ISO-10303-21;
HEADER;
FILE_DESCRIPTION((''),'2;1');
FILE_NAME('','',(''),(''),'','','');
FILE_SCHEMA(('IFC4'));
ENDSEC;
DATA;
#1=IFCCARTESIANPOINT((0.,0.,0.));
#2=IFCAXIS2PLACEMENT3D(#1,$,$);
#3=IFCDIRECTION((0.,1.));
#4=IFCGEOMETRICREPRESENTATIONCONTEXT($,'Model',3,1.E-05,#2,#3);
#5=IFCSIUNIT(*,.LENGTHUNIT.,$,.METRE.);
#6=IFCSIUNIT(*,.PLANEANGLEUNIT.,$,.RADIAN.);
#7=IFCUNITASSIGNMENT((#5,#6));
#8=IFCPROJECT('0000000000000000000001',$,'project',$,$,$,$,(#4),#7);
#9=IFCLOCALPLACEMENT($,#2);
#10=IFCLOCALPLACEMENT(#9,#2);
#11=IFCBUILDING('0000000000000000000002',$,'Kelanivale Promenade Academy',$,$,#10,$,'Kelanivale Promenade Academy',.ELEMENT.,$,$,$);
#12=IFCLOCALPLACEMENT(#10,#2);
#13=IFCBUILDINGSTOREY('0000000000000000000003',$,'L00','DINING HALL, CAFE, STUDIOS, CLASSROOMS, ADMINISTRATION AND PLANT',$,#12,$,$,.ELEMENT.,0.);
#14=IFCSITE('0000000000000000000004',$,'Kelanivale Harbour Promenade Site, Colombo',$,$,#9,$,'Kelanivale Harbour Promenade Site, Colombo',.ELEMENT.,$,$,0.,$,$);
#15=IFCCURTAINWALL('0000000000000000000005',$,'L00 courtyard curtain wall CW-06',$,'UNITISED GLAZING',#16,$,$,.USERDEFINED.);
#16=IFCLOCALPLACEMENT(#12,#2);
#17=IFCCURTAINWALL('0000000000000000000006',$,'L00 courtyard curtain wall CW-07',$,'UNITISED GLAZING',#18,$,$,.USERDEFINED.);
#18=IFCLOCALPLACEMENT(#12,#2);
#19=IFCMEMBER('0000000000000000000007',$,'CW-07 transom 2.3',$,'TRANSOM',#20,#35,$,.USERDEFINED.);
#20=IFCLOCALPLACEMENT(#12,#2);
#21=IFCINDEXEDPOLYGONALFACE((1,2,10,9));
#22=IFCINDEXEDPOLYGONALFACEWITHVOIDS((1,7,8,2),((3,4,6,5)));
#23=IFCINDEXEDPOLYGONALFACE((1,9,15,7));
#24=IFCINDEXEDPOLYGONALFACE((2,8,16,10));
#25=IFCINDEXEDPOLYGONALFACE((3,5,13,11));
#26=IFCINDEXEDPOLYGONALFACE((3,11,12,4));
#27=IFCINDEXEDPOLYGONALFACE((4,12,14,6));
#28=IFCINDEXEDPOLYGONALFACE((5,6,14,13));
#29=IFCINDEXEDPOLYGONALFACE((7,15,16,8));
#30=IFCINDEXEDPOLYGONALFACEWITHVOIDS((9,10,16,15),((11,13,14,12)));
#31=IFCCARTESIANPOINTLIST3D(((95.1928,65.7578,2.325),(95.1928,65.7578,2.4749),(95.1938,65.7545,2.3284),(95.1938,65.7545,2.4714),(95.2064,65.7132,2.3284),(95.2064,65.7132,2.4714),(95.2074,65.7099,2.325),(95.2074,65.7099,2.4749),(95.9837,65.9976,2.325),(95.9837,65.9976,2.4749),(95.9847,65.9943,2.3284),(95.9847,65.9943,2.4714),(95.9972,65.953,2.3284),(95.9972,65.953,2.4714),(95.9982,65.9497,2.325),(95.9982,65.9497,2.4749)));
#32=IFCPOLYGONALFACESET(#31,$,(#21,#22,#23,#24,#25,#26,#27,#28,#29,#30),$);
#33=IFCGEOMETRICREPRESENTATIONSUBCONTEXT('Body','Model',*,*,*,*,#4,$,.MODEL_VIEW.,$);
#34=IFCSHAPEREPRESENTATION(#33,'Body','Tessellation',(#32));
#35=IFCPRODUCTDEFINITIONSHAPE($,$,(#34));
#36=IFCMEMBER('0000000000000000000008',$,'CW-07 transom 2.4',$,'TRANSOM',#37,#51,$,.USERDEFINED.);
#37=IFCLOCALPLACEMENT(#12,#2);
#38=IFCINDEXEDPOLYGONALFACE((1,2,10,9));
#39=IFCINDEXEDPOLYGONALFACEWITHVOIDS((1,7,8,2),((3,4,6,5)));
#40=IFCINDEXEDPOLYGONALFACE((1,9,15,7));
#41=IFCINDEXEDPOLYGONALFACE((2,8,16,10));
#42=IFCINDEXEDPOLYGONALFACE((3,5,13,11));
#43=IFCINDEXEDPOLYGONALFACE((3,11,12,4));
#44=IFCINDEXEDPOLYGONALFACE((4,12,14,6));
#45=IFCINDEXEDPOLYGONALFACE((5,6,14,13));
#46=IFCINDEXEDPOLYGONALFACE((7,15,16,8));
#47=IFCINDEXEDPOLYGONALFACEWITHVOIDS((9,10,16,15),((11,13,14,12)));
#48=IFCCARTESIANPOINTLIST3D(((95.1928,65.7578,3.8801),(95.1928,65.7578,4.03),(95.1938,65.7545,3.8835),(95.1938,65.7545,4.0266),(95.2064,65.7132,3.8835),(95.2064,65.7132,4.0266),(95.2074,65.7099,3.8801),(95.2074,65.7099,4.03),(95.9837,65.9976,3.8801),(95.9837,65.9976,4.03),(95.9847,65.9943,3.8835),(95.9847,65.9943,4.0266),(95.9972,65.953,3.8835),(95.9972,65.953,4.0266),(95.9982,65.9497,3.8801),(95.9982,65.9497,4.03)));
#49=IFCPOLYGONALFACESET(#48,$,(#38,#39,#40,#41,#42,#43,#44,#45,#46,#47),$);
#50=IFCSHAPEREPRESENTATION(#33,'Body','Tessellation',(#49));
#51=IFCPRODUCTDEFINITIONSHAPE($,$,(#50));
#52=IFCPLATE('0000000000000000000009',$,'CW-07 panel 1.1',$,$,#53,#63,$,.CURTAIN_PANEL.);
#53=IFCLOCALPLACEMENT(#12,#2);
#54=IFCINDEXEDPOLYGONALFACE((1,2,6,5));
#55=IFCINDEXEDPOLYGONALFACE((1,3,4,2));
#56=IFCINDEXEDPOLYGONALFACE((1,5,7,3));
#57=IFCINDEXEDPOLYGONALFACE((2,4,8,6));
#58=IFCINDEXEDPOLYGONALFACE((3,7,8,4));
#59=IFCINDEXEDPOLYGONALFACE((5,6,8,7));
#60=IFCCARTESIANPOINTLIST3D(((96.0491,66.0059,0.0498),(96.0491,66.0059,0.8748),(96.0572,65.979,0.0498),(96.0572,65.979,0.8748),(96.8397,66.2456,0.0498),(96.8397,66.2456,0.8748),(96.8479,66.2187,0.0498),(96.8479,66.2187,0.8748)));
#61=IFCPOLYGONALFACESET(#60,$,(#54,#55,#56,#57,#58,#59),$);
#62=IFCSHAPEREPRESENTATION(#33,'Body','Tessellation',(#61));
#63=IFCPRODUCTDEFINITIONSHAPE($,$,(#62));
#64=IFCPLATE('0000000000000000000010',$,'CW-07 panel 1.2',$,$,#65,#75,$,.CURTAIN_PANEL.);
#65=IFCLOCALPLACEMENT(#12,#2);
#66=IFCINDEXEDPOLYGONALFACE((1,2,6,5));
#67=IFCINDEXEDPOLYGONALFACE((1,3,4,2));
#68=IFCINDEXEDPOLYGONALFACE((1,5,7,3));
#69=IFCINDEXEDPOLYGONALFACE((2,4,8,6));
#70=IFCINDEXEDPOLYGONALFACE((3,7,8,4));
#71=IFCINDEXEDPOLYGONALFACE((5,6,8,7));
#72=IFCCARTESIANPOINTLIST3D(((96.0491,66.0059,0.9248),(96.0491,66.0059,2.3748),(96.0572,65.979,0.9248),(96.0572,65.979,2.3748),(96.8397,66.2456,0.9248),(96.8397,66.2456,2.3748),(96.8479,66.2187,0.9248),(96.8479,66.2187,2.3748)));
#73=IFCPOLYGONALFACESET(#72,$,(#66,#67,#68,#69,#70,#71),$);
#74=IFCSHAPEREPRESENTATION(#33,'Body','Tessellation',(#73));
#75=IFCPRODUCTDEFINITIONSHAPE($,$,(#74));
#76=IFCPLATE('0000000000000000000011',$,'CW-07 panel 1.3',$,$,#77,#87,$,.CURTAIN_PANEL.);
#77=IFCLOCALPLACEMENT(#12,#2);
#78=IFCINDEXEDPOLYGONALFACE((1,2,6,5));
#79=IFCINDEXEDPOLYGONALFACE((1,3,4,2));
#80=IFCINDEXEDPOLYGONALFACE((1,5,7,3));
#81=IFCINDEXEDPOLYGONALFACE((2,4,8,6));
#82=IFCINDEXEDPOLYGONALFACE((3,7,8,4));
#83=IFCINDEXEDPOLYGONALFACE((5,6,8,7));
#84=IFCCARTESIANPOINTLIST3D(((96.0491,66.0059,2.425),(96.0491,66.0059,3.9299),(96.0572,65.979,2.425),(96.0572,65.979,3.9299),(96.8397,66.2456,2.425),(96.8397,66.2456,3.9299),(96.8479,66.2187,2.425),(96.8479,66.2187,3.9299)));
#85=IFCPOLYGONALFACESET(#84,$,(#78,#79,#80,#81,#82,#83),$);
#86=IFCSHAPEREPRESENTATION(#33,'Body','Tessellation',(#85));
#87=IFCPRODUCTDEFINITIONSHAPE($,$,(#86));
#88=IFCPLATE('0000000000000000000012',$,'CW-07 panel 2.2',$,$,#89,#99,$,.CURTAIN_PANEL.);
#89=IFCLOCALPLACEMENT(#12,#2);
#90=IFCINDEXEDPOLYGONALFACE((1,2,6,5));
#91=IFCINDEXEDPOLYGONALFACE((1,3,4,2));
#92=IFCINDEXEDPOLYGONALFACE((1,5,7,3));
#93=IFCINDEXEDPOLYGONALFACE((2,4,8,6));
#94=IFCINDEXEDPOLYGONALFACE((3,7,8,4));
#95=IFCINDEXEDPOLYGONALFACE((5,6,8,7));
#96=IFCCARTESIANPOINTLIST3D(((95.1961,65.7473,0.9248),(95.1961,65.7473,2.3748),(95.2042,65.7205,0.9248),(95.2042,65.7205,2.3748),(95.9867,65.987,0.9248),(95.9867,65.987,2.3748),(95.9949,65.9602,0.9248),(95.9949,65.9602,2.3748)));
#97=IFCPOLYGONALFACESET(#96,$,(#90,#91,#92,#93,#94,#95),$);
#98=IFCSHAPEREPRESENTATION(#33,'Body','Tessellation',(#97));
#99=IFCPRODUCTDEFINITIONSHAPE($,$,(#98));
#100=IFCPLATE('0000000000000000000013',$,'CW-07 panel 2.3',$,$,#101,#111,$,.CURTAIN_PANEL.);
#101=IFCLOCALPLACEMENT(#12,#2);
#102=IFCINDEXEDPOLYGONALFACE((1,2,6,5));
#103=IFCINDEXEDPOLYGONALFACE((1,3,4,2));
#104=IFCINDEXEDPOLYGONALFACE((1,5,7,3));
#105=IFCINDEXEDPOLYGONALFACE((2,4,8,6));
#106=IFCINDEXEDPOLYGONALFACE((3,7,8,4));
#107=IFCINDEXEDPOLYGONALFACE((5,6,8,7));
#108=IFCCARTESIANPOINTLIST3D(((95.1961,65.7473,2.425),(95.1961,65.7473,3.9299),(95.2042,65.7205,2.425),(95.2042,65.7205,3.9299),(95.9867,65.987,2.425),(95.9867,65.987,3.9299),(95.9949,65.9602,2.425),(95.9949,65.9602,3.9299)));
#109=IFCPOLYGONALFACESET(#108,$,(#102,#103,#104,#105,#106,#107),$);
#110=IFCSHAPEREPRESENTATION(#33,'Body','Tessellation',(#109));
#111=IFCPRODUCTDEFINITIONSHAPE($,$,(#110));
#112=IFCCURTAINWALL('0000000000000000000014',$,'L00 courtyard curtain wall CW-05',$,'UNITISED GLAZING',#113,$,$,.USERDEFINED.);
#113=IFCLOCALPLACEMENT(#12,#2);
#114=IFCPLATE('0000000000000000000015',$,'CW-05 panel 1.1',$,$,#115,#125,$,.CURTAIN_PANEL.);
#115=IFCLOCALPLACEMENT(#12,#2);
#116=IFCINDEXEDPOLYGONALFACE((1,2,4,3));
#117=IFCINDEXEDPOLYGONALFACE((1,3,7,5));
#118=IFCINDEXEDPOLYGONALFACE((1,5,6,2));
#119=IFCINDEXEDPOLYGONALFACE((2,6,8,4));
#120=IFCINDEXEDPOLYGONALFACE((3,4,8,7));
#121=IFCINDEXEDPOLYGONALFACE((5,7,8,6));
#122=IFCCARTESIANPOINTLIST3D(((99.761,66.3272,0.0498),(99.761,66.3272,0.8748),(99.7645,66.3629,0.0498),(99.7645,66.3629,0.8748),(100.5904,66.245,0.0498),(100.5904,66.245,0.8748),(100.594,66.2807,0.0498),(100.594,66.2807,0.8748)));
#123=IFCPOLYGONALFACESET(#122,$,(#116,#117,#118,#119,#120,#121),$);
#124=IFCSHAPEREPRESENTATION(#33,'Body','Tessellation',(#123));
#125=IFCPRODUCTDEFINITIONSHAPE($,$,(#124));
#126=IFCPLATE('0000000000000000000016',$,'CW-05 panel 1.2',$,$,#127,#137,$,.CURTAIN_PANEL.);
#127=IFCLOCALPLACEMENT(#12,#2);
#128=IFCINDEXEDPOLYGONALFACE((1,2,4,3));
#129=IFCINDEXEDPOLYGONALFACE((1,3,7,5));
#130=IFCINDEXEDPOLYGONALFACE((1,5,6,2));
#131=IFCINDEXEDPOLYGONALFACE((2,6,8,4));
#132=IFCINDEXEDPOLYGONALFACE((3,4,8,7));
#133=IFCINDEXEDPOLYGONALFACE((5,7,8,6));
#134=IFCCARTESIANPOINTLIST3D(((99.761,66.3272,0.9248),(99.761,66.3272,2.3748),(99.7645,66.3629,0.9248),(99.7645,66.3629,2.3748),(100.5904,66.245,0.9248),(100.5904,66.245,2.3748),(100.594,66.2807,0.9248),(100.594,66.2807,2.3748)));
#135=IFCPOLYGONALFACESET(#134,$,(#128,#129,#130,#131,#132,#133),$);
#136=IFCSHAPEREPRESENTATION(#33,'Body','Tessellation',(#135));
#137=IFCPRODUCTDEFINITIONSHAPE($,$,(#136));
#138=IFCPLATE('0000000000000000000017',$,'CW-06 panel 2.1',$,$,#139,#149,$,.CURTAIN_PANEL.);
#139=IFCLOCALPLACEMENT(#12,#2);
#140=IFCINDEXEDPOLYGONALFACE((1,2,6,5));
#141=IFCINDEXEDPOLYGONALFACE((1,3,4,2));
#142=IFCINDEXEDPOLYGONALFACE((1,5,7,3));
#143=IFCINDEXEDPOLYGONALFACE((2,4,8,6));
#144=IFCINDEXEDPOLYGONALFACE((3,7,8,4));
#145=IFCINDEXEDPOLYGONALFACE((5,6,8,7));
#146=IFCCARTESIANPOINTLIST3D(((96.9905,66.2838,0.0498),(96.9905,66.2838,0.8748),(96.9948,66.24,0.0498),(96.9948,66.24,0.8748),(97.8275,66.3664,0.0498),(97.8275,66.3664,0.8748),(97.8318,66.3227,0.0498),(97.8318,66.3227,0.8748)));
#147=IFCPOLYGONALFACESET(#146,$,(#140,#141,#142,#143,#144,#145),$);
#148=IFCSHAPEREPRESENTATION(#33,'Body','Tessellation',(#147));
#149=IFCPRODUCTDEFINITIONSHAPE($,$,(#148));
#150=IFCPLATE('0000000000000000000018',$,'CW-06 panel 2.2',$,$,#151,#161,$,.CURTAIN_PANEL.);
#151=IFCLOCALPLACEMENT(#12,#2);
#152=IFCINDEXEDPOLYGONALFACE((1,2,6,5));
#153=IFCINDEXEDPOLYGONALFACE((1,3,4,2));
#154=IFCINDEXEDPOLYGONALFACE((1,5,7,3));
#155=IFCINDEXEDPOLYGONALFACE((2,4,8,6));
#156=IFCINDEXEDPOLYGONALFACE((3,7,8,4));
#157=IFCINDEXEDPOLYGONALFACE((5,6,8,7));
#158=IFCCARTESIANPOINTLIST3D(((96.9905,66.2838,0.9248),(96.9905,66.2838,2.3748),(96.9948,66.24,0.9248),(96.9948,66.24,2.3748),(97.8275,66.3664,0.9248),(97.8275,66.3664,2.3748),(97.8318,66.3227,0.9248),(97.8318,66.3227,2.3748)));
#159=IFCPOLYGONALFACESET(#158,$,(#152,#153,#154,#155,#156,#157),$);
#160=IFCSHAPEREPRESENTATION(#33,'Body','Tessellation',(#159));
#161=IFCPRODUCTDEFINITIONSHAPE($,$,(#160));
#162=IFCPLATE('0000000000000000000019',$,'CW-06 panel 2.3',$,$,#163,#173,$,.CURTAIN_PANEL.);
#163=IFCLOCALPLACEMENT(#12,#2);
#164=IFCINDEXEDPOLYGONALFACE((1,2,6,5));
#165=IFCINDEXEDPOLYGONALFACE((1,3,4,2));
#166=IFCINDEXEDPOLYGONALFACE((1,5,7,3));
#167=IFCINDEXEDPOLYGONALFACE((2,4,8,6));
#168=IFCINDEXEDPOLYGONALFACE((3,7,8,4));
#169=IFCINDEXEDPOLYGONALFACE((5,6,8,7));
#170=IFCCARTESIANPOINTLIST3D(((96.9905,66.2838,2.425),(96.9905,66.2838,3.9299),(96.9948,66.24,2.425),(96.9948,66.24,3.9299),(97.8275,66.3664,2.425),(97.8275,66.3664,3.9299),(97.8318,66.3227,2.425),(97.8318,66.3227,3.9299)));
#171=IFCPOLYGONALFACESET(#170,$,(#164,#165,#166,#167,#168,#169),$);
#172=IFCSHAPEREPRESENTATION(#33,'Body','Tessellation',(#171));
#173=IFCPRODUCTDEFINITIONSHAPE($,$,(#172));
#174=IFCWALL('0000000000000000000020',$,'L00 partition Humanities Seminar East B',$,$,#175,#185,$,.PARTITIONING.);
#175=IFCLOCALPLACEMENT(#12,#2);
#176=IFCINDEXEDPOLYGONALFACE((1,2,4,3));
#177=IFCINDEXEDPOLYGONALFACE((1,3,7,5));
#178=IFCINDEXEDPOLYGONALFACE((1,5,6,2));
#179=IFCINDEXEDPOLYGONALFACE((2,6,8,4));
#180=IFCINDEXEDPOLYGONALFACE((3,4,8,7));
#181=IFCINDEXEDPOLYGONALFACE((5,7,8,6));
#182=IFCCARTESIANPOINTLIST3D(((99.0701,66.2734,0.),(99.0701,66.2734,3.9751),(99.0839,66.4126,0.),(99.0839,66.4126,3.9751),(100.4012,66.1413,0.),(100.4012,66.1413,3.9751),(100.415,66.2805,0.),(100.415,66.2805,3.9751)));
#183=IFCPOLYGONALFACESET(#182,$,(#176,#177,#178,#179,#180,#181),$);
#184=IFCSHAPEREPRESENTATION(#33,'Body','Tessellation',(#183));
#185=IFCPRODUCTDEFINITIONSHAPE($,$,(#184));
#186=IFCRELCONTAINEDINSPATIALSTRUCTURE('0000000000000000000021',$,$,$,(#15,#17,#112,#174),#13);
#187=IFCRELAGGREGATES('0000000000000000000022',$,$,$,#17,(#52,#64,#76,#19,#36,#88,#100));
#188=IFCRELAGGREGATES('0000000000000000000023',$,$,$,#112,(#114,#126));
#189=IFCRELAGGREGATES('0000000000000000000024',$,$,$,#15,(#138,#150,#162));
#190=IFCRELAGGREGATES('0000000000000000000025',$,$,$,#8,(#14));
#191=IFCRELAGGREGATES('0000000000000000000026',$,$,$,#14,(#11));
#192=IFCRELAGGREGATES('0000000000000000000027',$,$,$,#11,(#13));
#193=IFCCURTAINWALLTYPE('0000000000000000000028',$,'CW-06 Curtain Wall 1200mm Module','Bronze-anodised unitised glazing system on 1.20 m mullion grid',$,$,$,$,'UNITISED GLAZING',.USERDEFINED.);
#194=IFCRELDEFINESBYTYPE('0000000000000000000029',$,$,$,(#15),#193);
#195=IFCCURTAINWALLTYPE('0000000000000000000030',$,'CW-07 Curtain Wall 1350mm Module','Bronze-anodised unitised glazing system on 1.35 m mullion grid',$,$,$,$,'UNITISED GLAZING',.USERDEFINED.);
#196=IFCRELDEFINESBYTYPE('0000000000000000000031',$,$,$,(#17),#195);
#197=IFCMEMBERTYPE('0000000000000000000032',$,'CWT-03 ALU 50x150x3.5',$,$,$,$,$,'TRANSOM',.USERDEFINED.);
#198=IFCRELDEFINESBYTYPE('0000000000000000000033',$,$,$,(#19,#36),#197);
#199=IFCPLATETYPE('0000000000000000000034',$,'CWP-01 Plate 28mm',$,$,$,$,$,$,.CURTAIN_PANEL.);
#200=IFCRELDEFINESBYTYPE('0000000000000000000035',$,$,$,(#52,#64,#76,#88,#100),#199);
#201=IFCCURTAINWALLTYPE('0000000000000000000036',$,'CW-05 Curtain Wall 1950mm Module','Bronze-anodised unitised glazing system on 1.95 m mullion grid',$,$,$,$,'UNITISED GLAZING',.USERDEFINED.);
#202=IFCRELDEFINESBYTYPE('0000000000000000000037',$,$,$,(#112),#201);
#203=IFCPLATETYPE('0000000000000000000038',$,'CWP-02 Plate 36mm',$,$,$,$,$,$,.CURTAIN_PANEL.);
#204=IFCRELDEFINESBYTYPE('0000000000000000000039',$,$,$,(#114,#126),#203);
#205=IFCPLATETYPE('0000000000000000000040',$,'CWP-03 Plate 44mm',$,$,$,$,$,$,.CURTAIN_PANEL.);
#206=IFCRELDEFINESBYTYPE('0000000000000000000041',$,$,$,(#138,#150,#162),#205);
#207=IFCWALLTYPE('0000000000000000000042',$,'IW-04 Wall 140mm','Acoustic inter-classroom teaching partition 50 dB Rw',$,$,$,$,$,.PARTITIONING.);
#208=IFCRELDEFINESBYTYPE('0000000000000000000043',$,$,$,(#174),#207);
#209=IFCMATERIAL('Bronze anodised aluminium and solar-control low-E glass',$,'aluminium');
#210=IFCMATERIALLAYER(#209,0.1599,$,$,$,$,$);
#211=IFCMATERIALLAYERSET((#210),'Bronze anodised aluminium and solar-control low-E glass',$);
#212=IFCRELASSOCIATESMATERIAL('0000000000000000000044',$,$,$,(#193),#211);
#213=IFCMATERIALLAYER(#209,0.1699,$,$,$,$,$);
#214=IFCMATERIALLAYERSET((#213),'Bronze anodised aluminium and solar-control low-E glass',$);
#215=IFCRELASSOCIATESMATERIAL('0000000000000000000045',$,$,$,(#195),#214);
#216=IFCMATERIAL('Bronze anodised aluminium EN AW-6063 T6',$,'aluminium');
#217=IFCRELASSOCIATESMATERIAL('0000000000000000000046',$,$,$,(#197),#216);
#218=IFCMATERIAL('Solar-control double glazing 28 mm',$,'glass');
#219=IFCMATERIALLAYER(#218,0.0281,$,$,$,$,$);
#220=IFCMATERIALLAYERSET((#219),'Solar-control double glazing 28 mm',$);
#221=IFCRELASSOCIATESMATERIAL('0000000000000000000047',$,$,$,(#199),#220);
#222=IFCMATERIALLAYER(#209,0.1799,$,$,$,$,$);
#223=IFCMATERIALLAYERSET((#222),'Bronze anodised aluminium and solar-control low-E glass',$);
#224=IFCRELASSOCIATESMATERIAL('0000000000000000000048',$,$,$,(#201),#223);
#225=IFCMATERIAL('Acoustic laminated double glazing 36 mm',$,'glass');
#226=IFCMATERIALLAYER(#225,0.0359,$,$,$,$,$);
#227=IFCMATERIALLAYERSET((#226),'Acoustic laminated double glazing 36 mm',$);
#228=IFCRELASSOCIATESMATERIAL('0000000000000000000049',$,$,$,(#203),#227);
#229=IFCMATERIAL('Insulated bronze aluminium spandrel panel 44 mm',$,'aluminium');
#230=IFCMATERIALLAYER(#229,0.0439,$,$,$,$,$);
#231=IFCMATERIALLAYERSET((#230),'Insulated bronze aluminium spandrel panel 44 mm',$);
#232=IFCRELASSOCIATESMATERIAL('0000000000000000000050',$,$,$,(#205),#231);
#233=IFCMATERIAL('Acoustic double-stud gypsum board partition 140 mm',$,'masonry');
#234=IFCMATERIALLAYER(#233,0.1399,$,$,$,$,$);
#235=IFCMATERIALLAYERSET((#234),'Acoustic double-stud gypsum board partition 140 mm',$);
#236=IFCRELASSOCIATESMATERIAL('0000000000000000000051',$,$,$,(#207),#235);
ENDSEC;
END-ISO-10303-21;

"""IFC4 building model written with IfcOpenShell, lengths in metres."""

from ifc_helpers import new_model, si_unit, direction, frame, frame_2d, origin, origin_2d, place, context, subcontext, project, spatial, rectangle, hollow_rectangle, extrude, material, layer, layer_set, material_profile, profile_set, type_object, element, aggregate, save


model = new_model("IFC4")

# Units and contexts
model_context = context("Model", 3, precision=1e-05, world=origin(), true_north=direction((0.0, 1.0)))
body_context = subcontext(model_context, "Body", "Model", "MODEL_VIEW")
ifc_project = project(units=[si_unit("LENGTHUNIT", "METRE"), si_unit("PLANEANGLEUNIT", "RADIAN")], contexts=[model_context])

# Site, building, storey
site_placement = place(None, origin())
site = spatial("IfcSite", under=ifc_project, at=site_placement, Name="Kelanivale Harbour Promenade Site, Colombo", LongName="Kelanivale Harbour Promenade Site, Colombo", CompositionType="ELEMENT", RefElevation=0.0)
building_placement = place(site_placement, origin())
building = spatial("IfcBuilding", under=site, at=building_placement, Name="Kelanivale Promenade Academy", LongName="Kelanivale Promenade Academy", CompositionType="ELEMENT")
storey_placement = place(building_placement, origin())
storey = spatial("IfcBuildingStorey", under=building, at=storey_placement, Name="L00", Description="DINING HALL, CAFE, STUDIOS, CLASSROOMS, ADMINISTRATION AND PLANT", CompositionType="ELEMENT", Elevation=0.0)

# Curtain wall
ifc_material_1 = material(Name="Bronze anodised aluminium and solar-control low-E glass", Category="aluminium")
ifc_layer_1 = layer(ifc_material_1, 0.1599)
ifc_layer_set_1 = layer_set([ifc_layer_1], Name="Bronze anodised aluminium and solar-control low-E glass")
curtain_wall_type_1 = type_object("IfcCurtainWallType", Name="CW-06 Curtain Wall 1200mm Module", Description="Bronze-anodised unitised glazing system on 1.20 m mullion grid", ElementType="UNITISED GLAZING", PredefinedType="USERDEFINED", material=ifc_layer_set_1)
curtain_wall_1_placement = place(storey_placement, origin())
curtain_wall_1 = element("IfcCurtainWall", 1, at=curtain_wall_1_placement, inside=storey, type_object=curtain_wall_type_1, Name="L00 courtyard curtain wall CW-06", ObjectType="UNITISED GLAZING", PredefinedType="USERDEFINED")
ifc_material_2 = material(Name="Bronze anodised aluminium EN AW-6063 T6", Category="aluminium")

# Curtain wall
ifc_layer_2 = layer(ifc_material_1, 0.1699)
ifc_layer_set_2 = layer_set([ifc_layer_2], Name="Bronze anodised aluminium and solar-control low-E glass")
curtain_wall_type_2 = type_object("IfcCurtainWallType", Name="CW-07 Curtain Wall 1350mm Module", Description="Bronze-anodised unitised glazing system on 1.35 m mullion grid", ElementType="UNITISED GLAZING", PredefinedType="USERDEFINED", material=ifc_layer_set_2)
curtain_wall_2_placement = place(storey_placement, origin())
curtain_wall_2 = element("IfcCurtainWall", 2, at=curtain_wall_2_placement, inside=storey, type_object=curtain_wall_type_2, Name="L00 courtyard curtain wall CW-07", ObjectType="UNITISED GLAZING", PredefinedType="USERDEFINED")

# Members
ifc_material_profile_1 = material_profile(ifc_material_2, hollow_rectangle(XDim=0.05, YDim=0.1499, WallThickness=0.0034, at=origin_2d()), Name="ALU 50x150x3.5")
ifc_profile_set_1 = profile_set([ifc_material_profile_1], Name="Bronze anodised aluminium EN AW-6063 T6")
member_type_1 = type_object("IfcMemberType", Name="CWT-03 ALU 50x150x3.5", ElementType="TRANSOM", PredefinedType="USERDEFINED", material=ifc_profile_set_1)
member_1_placement = place(storey_placement, frame((95.991, 65.9736, 2.3999), z_axis=(-0.956985, -0.290139, 0.0), x_axis=(0.290139, -0.956985, 0.0)))
member_1 = element("IfcMember", 3, at=member_1_placement, type_object=member_type_1, Name="CW-07 transom 2.3", ObjectType="TRANSOM", PredefinedType="USERDEFINED", context=body_context, shape_type="SweptSolid", body=[
    extrude(hollow_rectangle(XDim=0.05, YDim=0.1499, WallThickness=0.0034, at=origin_2d()), origin(), (0.0, 0.0, 1.0), 0.8264),
])
member_2_placement = place(storey_placement, frame((95.991, 65.9736, 3.9551), z_axis=(-0.956985, -0.290139, 0.0), x_axis=(0.290139, -0.956985, 0.0)))
member_2 = element("IfcMember", 4, at=member_2_placement, type_object=member_type_1, Name="CW-07 transom 2.4", ObjectType="TRANSOM", PredefinedType="USERDEFINED", context=body_context, shape_type="SweptSolid", body=[
    extrude(hollow_rectangle(XDim=0.05, YDim=0.1499, WallThickness=0.0034, at=origin_2d()), origin(), (0.0, 0.0, 1.0), 0.8264),
])

# Plates
ifc_material_3 = material(Name="Solar-control double glazing 28 mm", Category="glass")
ifc_layer_3 = layer(ifc_material_3, 0.0281)
ifc_layer_set_3 = layer_set([ifc_layer_3], Name="Solar-control double glazing 28 mm")
plate_type_1 = type_object("IfcPlateType", Name="CWP-01 Plate 28mm", PredefinedType="CURTAIN_PANEL", material=ifc_layer_set_3)
plate_1_placement = place(storey_placement, frame((96.4485, 66.1123, 0.0498), z_axis=(0.0, 0.0, 1.0), x_axis=(-0.956988, -0.290128, 0.0)))
plate_1 = element("IfcPlate", 5, at=plate_1_placement, type_object=plate_type_1, Name="CW-07 panel 1.1", PredefinedType="CURTAIN_PANEL", context=body_context, shape_type="SweptSolid", body=[
    extrude(rectangle(XDim=0.8262, YDim=0.0281, at=origin_2d()), origin(), (0.0, 0.0, 1.0), 0.825),
])
plate_2_placement = place(storey_placement, frame((96.4485, 66.1123, 0.9248), z_axis=(0.0, 0.0, 1.0), x_axis=(-0.956988, -0.290128, 0.0)))
plate_2 = element("IfcPlate", 6, at=plate_2_placement, type_object=plate_type_1, Name="CW-07 panel 1.2", PredefinedType="CURTAIN_PANEL", context=body_context, shape_type="SweptSolid", body=[
    extrude(rectangle(XDim=0.8262, YDim=0.0281, at=origin_2d()), origin(), (0.0, 0.0, 1.0), 1.45),
])
plate_3_placement = place(storey_placement, frame((96.4485, 66.1123, 2.425), z_axis=(0.0, 0.0, 1.0), x_axis=(-0.956988, -0.290128, 0.0)))
plate_3 = element("IfcPlate", 7, at=plate_3_placement, type_object=plate_type_1, Name="CW-07 panel 1.3", PredefinedType="CURTAIN_PANEL", context=body_context, shape_type="SweptSolid", body=[
    extrude(rectangle(XDim=0.8262, YDim=0.0281, at=origin_2d()), origin(), (0.0, 0.0, 1.0), 1.5049),
])
plate_4_placement = place(storey_placement, frame((95.5955, 65.8538, 0.9248), z_axis=(0.0, 0.0, 1.0), x_axis=(-0.956988, -0.290128, 0.0)))
plate_4 = element("IfcPlate", 8, at=plate_4_placement, type_object=plate_type_1, Name="CW-07 panel 2.2", PredefinedType="CURTAIN_PANEL", context=body_context, shape_type="SweptSolid", body=[
    extrude(rectangle(XDim=0.8262, YDim=0.0281, at=origin_2d()), origin(), (0.0, 0.0, 1.0), 1.45),
])
plate_5_placement = place(storey_placement, frame((95.5955, 65.8538, 2.425), z_axis=(0.0, 0.0, 1.0), x_axis=(-0.956988, -0.290128, 0.0)))
plate_5 = element("IfcPlate", 9, at=plate_5_placement, type_object=plate_type_1, Name="CW-07 panel 2.3", PredefinedType="CURTAIN_PANEL", context=body_context, shape_type="SweptSolid", body=[
    extrude(rectangle(XDim=0.8262, YDim=0.0281, at=origin_2d()), origin(), (0.0, 0.0, 1.0), 1.5049),
])
aggregate(curtain_wall_2, [plate_1, plate_2, plate_3, member_1, member_2, plate_4, plate_5])

# Curtain wall, plates
ifc_layer_4 = layer(ifc_material_1, 0.1799)
ifc_layer_set_4 = layer_set([ifc_layer_4], Name="Bronze anodised aluminium and solar-control low-E glass")
curtain_wall_type_3 = type_object("IfcCurtainWallType", Name="CW-05 Curtain Wall 1950mm Module", Description="Bronze-anodised unitised glazing system on 1.95 m mullion grid", ElementType="UNITISED GLAZING", PredefinedType="USERDEFINED", material=ifc_layer_set_4)
curtain_wall_3_placement = place(storey_placement, origin())
curtain_wall_3 = element("IfcCurtainWall", 10, at=curtain_wall_3_placement, inside=storey, type_object=curtain_wall_type_3, Name="L00 courtyard curtain wall CW-05", ObjectType="UNITISED GLAZING", PredefinedType="USERDEFINED")
ifc_material_4 = material(Name="Acoustic laminated double glazing 36 mm", Category="glass")
ifc_layer_5 = layer(ifc_material_4, 0.0359)
ifc_layer_set_5 = layer_set([ifc_layer_5], Name="Acoustic laminated double glazing 36 mm")
plate_type_2 = type_object("IfcPlateType", Name="CWP-02 Plate 36mm", PredefinedType="CURTAIN_PANEL", material=ifc_layer_set_5)
plate_6_placement = place(storey_placement, frame((100.1775, 66.304, 0.0498), z_axis=(0.0, 0.0, 1.0), x_axis=(-0.995133, 0.098539, 0.0)))
plate_6 = element("IfcPlate", 11, at=plate_6_placement, type_object=plate_type_2, Name="CW-05 panel 1.1", PredefinedType="CURTAIN_PANEL", context=body_context, shape_type="SweptSolid", body=[
    extrude(rectangle(XDim=0.8335, YDim=0.0359, at=origin_2d()), origin(), (0.0, 0.0, 1.0), 0.825),
])
plate_7_placement = place(storey_placement, frame((100.1775, 66.304, 0.9248), z_axis=(0.0, 0.0, 1.0), x_axis=(-0.995133, 0.098539, 0.0)))
plate_7 = element("IfcPlate", 12, at=plate_7_placement, type_object=plate_type_2, Name="CW-05 panel 1.2", PredefinedType="CURTAIN_PANEL", context=body_context, shape_type="SweptSolid", body=[
    extrude(rectangle(XDim=0.8335, YDim=0.0359, at=origin_2d()), origin(), (0.0, 0.0, 1.0), 1.45),
])
aggregate(curtain_wall_3, [plate_6, plate_7])

# Plates
ifc_material_5 = material(Name="Insulated bronze aluminium spandrel panel 44 mm", Category="aluminium")
ifc_layer_6 = layer(ifc_material_5, 0.0439)
ifc_layer_set_6 = layer_set([ifc_layer_6], Name="Insulated bronze aluminium spandrel panel 44 mm")
plate_type_3 = type_object("IfcPlateType", Name="CWP-03 Plate 44mm", PredefinedType="CURTAIN_PANEL", material=ifc_layer_set_6)
plate_8_placement = place(storey_placement, frame((97.4111, 66.3032, 0.0498), z_axis=(0.0, 0.0, 1.0), x_axis=(-0.995159, -0.098281, 0.0)))
plate_8 = element("IfcPlate", 13, at=plate_8_placement, type_object=plate_type_3, Name="CW-06 panel 2.1", PredefinedType="CURTAIN_PANEL", context=body_context, shape_type="SweptSolid", body=[
    extrude(rectangle(XDim=0.8411, YDim=0.0439, at=origin_2d()), origin(), (0.0, 0.0, 1.0), 0.825),
])
plate_9_placement = place(storey_placement, frame((97.4111, 66.3032, 0.9248), z_axis=(0.0, 0.0, 1.0), x_axis=(-0.995159, -0.098281, 0.0)))
plate_9 = element("IfcPlate", 14, at=plate_9_placement, type_object=plate_type_3, Name="CW-06 panel 2.2", PredefinedType="CURTAIN_PANEL", context=body_context, shape_type="SweptSolid", body=[
    extrude(rectangle(XDim=0.8411, YDim=0.0439, at=origin_2d()), origin(), (0.0, 0.0, 1.0), 1.45),
])
plate_10_placement = place(storey_placement, frame((97.4111, 66.3032, 2.425), z_axis=(0.0, 0.0, 1.0), x_axis=(-0.995159, -0.098281, 0.0)))
plate_10 = element("IfcPlate", 15, at=plate_10_placement, type_object=plate_type_3, Name="CW-06 panel 2.3", PredefinedType="CURTAIN_PANEL", context=body_context, shape_type="SweptSolid", body=[
    extrude(rectangle(XDim=0.8411, YDim=0.0439, at=origin_2d()), origin(), (0.0, 0.0, 1.0), 1.5049),
])
aggregate(curtain_wall_1, [plate_8, plate_9, plate_10])

# Wall
ifc_material_6 = material(Name="Acoustic double-stud gypsum board partition 140 mm", Category="masonry")
ifc_layer_7 = layer(ifc_material_6, 0.1399)
ifc_layer_set_7 = layer_set([ifc_layer_7], Name="Acoustic double-stud gypsum board partition 140 mm")
wall_type = type_object("IfcWallType", Name="IW-04 Wall 140mm", Description="Acoustic inter-classroom teaching partition 50 dB Rw", PredefinedType="PARTITIONING", material=ifc_layer_set_7)
for number, where, z_axis, x_axis, name in (
    (16, (99.0769, 66.343, 0.0), (0.0, 0.0, 1.0), (0.995113, -0.098745, 0.0), "L00 partition Humanities Seminar East B"),
):
    element("IfcWall", number, at=place(storey_placement, frame(where, z_axis=z_axis, x_axis=x_axis)), inside=storey, type_object=wall_type, Name=name, PredefinedType="PARTITIONING", context=body_context, shape_type="SweptSolid", body=[
        extrude(rectangle(XDim=1.3376, YDim=0.1399, at=frame_2d((0.6689, 0.0))), origin(), (0.0, 0.0, 1.0), 3.9751),
    ])

save(model, "model.ifc")
